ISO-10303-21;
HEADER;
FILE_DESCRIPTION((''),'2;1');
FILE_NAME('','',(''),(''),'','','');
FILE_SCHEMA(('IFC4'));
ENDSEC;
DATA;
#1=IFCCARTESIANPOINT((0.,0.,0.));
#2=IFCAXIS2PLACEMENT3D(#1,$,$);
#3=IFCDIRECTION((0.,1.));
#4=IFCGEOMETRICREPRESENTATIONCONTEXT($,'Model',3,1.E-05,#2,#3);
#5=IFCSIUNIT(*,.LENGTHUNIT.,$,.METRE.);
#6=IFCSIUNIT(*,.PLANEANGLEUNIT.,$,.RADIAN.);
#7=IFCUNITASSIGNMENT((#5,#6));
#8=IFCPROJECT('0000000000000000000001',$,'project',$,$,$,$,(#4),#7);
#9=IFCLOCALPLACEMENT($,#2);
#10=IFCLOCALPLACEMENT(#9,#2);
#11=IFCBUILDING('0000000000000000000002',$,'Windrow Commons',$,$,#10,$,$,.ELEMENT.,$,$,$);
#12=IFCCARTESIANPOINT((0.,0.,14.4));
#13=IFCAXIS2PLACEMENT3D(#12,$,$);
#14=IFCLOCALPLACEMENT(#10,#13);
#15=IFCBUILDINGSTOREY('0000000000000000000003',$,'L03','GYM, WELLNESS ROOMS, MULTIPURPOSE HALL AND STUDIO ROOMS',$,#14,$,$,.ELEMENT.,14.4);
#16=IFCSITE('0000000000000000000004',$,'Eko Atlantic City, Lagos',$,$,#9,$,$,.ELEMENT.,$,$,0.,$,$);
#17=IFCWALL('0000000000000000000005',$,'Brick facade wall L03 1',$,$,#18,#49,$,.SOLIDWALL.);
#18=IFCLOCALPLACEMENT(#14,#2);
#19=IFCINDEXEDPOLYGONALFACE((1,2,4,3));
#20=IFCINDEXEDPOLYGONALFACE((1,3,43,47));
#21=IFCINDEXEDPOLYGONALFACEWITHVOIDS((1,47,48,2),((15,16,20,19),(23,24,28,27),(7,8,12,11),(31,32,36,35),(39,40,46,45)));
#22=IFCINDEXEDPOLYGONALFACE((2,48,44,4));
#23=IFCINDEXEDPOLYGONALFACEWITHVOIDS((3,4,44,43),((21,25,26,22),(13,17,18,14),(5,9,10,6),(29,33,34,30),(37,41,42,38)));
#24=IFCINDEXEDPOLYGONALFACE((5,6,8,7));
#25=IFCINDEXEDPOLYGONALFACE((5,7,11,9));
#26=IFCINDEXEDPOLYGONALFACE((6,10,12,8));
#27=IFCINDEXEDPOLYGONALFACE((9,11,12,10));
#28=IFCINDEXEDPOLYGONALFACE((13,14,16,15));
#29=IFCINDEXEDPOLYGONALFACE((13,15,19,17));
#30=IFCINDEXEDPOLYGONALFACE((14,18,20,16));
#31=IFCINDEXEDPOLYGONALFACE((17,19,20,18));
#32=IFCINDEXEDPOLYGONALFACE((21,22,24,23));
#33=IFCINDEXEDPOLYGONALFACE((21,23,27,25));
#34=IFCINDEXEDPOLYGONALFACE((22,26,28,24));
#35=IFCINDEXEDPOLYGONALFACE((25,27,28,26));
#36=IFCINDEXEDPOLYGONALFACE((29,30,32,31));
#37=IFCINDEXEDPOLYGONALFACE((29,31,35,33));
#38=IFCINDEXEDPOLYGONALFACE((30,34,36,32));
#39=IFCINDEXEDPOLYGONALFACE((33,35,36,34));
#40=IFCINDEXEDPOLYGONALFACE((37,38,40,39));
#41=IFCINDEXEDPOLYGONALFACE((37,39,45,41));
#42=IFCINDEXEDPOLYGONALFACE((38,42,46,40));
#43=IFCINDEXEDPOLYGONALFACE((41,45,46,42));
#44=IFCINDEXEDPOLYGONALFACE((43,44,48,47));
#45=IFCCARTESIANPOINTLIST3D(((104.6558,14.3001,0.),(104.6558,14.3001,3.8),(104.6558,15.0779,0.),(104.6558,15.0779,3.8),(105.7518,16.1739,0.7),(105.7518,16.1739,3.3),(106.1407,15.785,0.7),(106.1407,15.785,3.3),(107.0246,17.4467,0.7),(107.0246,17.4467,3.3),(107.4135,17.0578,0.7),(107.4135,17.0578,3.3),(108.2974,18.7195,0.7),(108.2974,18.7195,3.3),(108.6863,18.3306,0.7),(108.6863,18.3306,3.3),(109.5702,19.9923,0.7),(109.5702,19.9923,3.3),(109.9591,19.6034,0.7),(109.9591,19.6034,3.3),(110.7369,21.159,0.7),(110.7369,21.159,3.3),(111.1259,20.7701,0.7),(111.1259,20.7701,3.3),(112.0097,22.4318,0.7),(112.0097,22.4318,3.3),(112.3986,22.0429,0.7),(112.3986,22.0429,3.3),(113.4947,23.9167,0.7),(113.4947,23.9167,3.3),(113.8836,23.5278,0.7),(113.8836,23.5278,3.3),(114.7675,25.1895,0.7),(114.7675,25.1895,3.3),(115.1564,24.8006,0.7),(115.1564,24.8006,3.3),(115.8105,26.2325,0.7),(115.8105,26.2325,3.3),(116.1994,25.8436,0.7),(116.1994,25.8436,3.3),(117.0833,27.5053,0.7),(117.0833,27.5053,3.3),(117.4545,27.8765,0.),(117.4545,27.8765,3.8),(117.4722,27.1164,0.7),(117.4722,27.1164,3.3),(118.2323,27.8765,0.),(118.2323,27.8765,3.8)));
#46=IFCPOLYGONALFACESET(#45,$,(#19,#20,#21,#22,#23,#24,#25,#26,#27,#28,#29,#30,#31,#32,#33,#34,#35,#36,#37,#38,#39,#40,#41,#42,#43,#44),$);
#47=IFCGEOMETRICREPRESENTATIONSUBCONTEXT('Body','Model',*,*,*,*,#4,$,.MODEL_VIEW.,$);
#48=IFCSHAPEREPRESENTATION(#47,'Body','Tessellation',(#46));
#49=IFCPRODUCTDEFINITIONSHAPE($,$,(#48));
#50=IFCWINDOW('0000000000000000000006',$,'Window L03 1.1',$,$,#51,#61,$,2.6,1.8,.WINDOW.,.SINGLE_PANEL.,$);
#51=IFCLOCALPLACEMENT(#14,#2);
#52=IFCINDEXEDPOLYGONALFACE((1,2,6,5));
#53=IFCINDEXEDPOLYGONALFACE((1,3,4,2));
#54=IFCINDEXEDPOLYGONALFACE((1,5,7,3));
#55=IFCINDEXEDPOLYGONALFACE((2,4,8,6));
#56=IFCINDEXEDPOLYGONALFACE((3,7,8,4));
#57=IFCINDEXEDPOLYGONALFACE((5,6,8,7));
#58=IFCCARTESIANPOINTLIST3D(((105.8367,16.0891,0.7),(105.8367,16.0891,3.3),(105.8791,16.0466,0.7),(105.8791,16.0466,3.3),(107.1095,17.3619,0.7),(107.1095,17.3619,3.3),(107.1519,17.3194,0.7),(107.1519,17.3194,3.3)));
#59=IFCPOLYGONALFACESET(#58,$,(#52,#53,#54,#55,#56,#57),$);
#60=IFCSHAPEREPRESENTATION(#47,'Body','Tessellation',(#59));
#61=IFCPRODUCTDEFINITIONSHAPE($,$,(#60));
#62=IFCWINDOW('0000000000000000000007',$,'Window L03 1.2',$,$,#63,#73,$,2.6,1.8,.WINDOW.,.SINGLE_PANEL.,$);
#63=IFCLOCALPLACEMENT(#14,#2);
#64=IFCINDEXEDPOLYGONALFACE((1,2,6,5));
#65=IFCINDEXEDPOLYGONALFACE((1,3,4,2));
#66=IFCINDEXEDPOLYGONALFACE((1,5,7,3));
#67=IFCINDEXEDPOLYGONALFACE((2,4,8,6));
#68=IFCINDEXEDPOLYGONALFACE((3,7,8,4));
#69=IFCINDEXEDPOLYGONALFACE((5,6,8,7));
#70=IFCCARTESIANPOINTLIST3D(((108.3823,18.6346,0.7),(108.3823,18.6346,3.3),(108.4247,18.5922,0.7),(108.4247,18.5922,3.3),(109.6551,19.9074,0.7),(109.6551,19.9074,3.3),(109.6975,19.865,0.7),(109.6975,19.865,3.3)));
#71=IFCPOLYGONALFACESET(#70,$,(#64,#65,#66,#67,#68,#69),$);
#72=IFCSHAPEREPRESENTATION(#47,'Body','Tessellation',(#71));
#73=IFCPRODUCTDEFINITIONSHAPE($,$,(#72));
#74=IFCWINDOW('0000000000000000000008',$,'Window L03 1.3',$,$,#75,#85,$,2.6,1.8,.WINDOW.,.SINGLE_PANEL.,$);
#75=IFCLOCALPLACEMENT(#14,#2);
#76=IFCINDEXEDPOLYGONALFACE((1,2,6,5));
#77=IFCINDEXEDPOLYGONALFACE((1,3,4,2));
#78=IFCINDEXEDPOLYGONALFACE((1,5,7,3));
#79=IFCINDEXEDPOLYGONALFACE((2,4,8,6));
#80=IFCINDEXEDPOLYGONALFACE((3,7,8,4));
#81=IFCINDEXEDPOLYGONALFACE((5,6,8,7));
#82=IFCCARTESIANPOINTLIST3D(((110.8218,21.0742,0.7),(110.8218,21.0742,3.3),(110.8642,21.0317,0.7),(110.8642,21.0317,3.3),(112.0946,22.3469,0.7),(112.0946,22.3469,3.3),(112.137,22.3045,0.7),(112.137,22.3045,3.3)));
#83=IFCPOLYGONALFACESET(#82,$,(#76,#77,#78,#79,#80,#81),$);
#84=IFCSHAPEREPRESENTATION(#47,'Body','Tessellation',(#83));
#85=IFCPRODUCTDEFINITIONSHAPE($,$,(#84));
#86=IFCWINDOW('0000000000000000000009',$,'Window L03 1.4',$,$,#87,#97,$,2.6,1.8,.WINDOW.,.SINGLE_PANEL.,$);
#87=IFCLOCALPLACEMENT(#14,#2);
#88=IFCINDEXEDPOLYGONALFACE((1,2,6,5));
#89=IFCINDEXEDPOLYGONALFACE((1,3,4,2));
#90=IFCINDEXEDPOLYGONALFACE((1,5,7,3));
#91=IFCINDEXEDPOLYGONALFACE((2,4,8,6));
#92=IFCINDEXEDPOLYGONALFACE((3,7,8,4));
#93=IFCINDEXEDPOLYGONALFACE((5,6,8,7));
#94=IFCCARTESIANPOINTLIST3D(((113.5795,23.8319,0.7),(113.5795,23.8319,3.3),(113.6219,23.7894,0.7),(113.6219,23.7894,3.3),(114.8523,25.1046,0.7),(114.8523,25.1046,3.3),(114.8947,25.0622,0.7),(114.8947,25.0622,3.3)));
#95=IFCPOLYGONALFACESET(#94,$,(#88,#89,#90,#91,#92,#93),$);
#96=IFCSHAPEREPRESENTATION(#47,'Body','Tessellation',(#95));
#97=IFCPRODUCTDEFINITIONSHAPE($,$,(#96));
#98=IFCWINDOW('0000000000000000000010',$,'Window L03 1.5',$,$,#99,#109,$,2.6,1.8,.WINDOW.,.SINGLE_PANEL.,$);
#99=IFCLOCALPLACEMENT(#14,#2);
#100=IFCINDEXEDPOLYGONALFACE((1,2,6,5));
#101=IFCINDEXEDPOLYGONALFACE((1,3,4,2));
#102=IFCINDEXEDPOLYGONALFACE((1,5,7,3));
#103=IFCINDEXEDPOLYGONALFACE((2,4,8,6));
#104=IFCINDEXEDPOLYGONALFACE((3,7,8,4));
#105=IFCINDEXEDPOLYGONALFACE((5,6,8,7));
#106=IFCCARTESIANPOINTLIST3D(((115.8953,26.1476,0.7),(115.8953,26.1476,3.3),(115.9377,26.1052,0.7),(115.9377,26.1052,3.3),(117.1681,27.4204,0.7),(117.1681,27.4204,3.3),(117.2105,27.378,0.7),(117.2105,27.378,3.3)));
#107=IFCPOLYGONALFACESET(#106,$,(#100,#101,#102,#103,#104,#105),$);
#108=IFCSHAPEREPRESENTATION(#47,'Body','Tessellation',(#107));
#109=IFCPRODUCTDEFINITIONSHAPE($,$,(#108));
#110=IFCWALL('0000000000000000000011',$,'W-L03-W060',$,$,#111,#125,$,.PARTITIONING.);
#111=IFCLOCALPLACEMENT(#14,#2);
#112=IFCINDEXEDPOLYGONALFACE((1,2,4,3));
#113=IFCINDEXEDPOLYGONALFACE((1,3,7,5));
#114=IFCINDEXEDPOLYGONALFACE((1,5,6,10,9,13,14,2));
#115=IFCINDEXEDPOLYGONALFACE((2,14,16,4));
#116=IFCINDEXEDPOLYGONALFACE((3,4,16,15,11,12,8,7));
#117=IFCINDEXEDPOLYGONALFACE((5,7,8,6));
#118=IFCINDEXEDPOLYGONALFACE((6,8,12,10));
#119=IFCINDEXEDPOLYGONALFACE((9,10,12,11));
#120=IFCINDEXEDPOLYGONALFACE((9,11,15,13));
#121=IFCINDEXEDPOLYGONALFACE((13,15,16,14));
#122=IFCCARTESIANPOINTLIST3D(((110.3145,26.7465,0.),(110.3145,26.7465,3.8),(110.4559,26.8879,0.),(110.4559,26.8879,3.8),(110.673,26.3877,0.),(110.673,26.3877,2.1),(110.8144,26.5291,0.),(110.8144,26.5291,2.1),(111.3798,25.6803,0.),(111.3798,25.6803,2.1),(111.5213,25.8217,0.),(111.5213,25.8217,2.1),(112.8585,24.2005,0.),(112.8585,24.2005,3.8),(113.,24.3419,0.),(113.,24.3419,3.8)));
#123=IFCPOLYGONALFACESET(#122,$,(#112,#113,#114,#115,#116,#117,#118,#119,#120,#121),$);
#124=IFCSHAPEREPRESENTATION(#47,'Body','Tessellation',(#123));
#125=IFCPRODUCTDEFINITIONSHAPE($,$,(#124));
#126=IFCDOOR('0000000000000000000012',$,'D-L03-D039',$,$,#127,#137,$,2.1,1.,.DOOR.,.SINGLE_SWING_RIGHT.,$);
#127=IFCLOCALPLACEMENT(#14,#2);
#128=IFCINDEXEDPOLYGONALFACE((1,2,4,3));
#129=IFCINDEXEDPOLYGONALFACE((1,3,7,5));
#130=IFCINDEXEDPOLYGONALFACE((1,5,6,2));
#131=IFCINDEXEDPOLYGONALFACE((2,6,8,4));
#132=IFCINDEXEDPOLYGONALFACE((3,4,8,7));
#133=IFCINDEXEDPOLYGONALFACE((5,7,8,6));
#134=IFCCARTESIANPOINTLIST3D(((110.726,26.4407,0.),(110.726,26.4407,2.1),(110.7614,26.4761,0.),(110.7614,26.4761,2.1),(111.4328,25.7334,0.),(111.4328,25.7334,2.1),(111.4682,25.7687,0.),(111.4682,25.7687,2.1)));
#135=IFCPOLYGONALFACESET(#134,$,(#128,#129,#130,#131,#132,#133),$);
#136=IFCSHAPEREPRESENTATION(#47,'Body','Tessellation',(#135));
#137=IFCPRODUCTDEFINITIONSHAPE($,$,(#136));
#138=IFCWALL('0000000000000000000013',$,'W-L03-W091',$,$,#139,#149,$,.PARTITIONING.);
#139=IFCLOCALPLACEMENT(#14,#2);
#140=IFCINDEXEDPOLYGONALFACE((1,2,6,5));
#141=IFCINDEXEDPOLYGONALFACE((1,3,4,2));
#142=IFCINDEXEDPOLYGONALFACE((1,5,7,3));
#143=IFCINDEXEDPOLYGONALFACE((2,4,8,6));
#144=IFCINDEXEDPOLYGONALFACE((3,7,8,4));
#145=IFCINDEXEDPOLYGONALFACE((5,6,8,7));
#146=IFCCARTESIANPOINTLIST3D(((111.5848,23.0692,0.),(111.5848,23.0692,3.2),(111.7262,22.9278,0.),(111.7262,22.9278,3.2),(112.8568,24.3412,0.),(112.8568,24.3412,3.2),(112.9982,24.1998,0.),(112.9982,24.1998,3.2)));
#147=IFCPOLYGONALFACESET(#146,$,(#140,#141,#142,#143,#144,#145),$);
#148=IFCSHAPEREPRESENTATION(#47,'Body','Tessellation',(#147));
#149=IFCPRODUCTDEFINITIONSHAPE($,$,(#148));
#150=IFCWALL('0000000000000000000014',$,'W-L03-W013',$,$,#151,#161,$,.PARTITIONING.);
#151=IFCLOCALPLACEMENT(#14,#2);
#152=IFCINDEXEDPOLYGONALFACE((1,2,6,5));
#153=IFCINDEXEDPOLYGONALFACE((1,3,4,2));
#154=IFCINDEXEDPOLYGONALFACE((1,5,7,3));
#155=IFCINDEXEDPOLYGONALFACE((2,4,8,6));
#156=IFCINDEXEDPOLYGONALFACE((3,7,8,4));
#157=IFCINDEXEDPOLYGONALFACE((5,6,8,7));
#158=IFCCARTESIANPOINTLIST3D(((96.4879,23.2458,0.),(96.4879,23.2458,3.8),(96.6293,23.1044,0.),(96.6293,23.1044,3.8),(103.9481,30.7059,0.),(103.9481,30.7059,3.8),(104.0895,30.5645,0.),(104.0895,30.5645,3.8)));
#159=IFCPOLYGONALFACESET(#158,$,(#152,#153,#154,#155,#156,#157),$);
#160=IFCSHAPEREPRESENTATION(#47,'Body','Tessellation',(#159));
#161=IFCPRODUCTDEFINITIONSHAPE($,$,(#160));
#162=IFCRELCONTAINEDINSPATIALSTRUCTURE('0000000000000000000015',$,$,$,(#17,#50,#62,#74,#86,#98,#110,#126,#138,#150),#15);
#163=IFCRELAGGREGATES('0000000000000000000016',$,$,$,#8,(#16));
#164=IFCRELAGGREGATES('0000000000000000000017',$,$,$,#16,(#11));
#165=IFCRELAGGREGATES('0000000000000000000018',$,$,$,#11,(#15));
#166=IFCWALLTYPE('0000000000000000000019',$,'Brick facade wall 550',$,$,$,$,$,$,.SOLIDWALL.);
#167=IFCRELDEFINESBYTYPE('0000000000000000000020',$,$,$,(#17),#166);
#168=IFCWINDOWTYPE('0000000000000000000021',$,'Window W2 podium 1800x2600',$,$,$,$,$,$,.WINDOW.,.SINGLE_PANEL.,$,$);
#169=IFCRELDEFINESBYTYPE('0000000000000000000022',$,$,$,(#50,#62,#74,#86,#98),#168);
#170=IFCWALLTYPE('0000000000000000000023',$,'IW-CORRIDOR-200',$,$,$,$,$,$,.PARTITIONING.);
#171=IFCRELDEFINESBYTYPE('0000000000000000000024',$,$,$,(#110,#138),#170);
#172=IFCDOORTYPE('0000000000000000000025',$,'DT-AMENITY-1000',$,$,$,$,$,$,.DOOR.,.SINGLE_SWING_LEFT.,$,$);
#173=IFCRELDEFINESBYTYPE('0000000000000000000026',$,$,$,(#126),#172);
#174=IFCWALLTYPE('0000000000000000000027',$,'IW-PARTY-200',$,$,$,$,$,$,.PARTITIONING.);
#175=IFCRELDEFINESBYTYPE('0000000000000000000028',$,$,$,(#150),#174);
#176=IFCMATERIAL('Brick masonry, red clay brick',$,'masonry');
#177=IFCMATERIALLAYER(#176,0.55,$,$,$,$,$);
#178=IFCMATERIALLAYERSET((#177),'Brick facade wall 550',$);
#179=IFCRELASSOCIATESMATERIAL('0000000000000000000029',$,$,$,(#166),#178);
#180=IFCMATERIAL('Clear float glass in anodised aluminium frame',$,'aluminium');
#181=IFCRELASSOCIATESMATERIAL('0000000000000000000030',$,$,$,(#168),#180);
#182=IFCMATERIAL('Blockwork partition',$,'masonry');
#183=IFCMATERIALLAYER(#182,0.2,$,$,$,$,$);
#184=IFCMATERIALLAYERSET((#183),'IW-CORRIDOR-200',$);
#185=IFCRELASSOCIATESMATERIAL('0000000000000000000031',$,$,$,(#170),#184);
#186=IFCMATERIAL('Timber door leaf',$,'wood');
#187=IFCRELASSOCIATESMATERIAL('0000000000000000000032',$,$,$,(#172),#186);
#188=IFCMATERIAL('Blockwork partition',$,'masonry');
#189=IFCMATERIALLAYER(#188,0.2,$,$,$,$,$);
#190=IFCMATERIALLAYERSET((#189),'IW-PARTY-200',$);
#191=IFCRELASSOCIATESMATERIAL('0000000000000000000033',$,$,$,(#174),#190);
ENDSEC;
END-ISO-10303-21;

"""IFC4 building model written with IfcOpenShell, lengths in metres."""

from ifc_helpers import new_model, si_unit, direction, frame, frame_2d, origin, place, context, subcontext, project, spatial, polyline, rectangle, outline, extrude, material, layer, layer_set, type_object, element, fill, save


model = new_model("IFC4")

# Units and contexts
model_context = context("Model", 3, precision=1e-05, world=origin(), true_north=direction((0.0, 1.0)))
body_context = subcontext(model_context, "Body", "Model", "MODEL_VIEW")
ifc_project = project(units=[si_unit("LENGTHUNIT", "METRE"), si_unit("PLANEANGLEUNIT", "RADIAN")], contexts=[model_context])

# Site, building, storey
site_placement = place(None, origin())
site = spatial("IfcSite", under=ifc_project, at=site_placement, Name="Eko Atlantic City, Lagos", CompositionType="ELEMENT", RefElevation=0.0)
building_placement = place(site_placement, origin())
building = spatial("IfcBuilding", under=site, at=building_placement, Name="Windrow Commons", CompositionType="ELEMENT")
storey_placement = place(building_placement, frame((0.0, 0.0, 14.4)))
storey = spatial("IfcBuildingStorey", under=building, at=storey_placement, Name="L03", Description="GYM, WELLNESS ROOMS, MULTIPURPOSE HALL AND STUDIO ROOMS", CompositionType="ELEMENT", Elevation=14.4)

# Wall, openings, windows
ifc_material_1 = material(Name="Brick masonry, red clay brick", Category="masonry")
ifc_layer_1 = layer(ifc_material_1, 0.55)
ifc_layer_set_1 = layer_set([ifc_layer_1], Name="Brick facade wall 550")
wall_type_1 = type_object("IfcWallType", Name="Brick facade wall 550", PredefinedType="SOLIDWALL", material=ifc_layer_set_1)
wall_1_placement = place(storey_placement, frame((104.6558, 14.689, 0.0), z_axis=(0.0, 0.0, 1.0), x_axis=(0.707109, 0.707104, 0.0)))
wall_1 = element("IfcWall", 1, at=wall_1_placement, inside=storey, type_object=wall_type_1, Name="Brick facade wall L03 1", PredefinedType="SOLIDWALL", context=body_context, shape_type="SweptSolid", body=[
    extrude(outline(polyline([(-0.275, -0.275), (18.925, -0.275), (18.375, 0.275), (0.275, 0.275), (-0.275, -0.275)])), origin(), (0.0, 0.0, 1.0), 3.8),
])
opening_1_placement = place(wall_1_placement, frame((1.825, 0.0, 0.7)))
opening_1 = element("IfcOpeningElement", 2, at=opening_1_placement, cuts=wall_1, PredefinedType="OPENING", context=body_context, shape_type="SweptSolid", body=[
    extrude(rectangle(XDim=1.8, YDim=2.6, at=frame_2d((0.9, 1.3))), frame((0.0, 0.285, 0.0), z_axis=(0.0, -1.0, 0.0), x_axis=(1.0, 0.0, 0.0)), (0.0, 0.0, 1.0), 0.57),
])
opening_2_placement = place(wall_1_placement, frame((5.425, 0.0, 0.7)))
opening_2 = element("IfcOpeningElement", 3, at=opening_2_placement, cuts=wall_1, PredefinedType="OPENING", context=body_context, shape_type="SweptSolid", body=[
    extrude(rectangle(XDim=1.8, YDim=2.6, at=frame_2d((0.9, 1.3))), frame((0.0, 0.285, 0.0), z_axis=(0.0, -1.0, 0.0), x_axis=(1.0, 0.0, 0.0)), (0.0, 0.0, 1.0), 0.57),
])
opening_3_placement = place(wall_1_placement, frame((8.875, 0.0, 0.7)))
opening_3 = element("IfcOpeningElement", 4, at=opening_3_placement, cuts=wall_1, PredefinedType="OPENING", context=body_context, shape_type="SweptSolid", body=[
    extrude(rectangle(XDim=1.8, YDim=2.6, at=frame_2d((0.9, 1.3))), frame((0.0, 0.285, 0.0), z_axis=(0.0, -1.0, 0.0), x_axis=(1.0, 0.0, 0.0)), (0.0, 0.0, 1.0), 0.57),
])
opening_4_placement = place(wall_1_placement, frame((12.775, 0.0, 0.7)))
opening_4 = element("IfcOpeningElement", 5, at=opening_4_placement, cuts=wall_1, PredefinedType="OPENING", context=body_context, shape_type="SweptSolid", body=[
    extrude(rectangle(XDim=1.8, YDim=2.6, at=frame_2d((0.9, 1.3))), frame((0.0, 0.285, 0.0), z_axis=(0.0, -1.0, 0.0), x_axis=(1.0, 0.0, 0.0)), (0.0, 0.0, 1.0), 0.57),
])
opening_5_placement = place(wall_1_placement, frame((16.05, 0.0, 0.7)))
opening_5 = element("IfcOpeningElement", 6, at=opening_5_placement, cuts=wall_1, PredefinedType="OPENING", context=body_context, shape_type="SweptSolid", body=[
    extrude(rectangle(XDim=1.8, YDim=2.6, at=frame_2d((0.9, 1.3))), frame((0.0, 0.285, 0.0), z_axis=(0.0, -1.0, 0.0), x_axis=(1.0, 0.0, 0.0)), (0.0, 0.0, 1.0), 0.57),
])
ifc_material_2 = material(Name="Clear float glass in anodised aluminium frame", Category="aluminium")
window_type = type_object("IfcWindowType", Name="Window W2 podium 1800x2600", PartitioningType="SINGLE_PANEL", PredefinedType="WINDOW", material=ifc_material_2)
window_1_placement = place(opening_1_placement, origin())
window_1 = element("IfcWindow", 7, at=window_1_placement, inside=storey, type_object=window_type, Name="Window L03 1.1", OverallHeight=2.6, OverallWidth=1.8, PartitioningType="SINGLE_PANEL", PredefinedType="WINDOW", context=body_context, shape_type="SweptSolid", body=[
    extrude(rectangle(XDim=1.8, YDim=2.6, at=frame_2d((0.9, 1.3))), frame((0.0, 0.155, 0.0), z_axis=(0.0, -1.0, 0.0), x_axis=(1.0, 0.0, 0.0)), (0.0, 0.0, 1.0), 0.06),
])
fill(opening_1, window_1)
window_2_placement = place(opening_2_placement, origin())
window_2 = element("IfcWindow", 8, at=window_2_placement, inside=storey, type_object=window_type, Name="Window L03 1.2", OverallHeight=2.6, OverallWidth=1.8, PartitioningType="SINGLE_PANEL", PredefinedType="WINDOW", context=body_context, shape_type="SweptSolid", body=[
    extrude(rectangle(XDim=1.8, YDim=2.6, at=frame_2d((0.9, 1.3))), frame((0.0, 0.155, 0.0), z_axis=(0.0, -1.0, 0.0), x_axis=(1.0, 0.0, 0.0)), (0.0, 0.0, 1.0), 0.06),
])
fill(opening_2, window_2)
window_3_placement = place(opening_3_placement, origin())
window_3 = element("IfcWindow", 9, at=window_3_placement, inside=storey, type_object=window_type, Name="Window L03 1.3", OverallHeight=2.6, OverallWidth=1.8, PartitioningType="SINGLE_PANEL", PredefinedType="WINDOW", context=body_context, shape_type="SweptSolid", body=[
    extrude(rectangle(XDim=1.8, YDim=2.6, at=frame_2d((0.9, 1.3))), frame((0.0, 0.155, 0.0), z_axis=(0.0, -1.0, 0.0), x_axis=(1.0, 0.0, 0.0)), (0.0, 0.0, 1.0), 0.06),
])
fill(opening_3, window_3)
window_4_placement = place(opening_4_placement, origin())
window_4 = element("IfcWindow", 10, at=window_4_placement, inside=storey, type_object=window_type, Name="Window L03 1.4", OverallHeight=2.6, OverallWidth=1.8, PartitioningType="SINGLE_PANEL", PredefinedType="WINDOW", context=body_context, shape_type="SweptSolid", body=[
    extrude(rectangle(XDim=1.8, YDim=2.6, at=frame_2d((0.9, 1.3))), frame((0.0, 0.155, 0.0), z_axis=(0.0, -1.0, 0.0), x_axis=(1.0, 0.0, 0.0)), (0.0, 0.0, 1.0), 0.06),
])
fill(opening_4, window_4)
window_5_placement = place(opening_5_placement, origin())
window_5 = element("IfcWindow", 11, at=window_5_placement, inside=storey, type_object=window_type, Name="Window L03 1.5", OverallHeight=2.6, OverallWidth=1.8, PartitioningType="SINGLE_PANEL", PredefinedType="WINDOW", context=body_context, shape_type="SweptSolid", body=[
    extrude(rectangle(XDim=1.8, YDim=2.6, at=frame_2d((0.9, 1.3))), frame((0.0, 0.155, 0.0), z_axis=(0.0, -1.0, 0.0), x_axis=(1.0, 0.0, 0.0)), (0.0, 0.0, 1.0), 0.06),
])
fill(opening_5, window_5)

# Wall, opening, door
ifc_material_3 = material(Name="Blockwork partition", Category="masonry")
ifc_layer_2 = layer(ifc_material_3, 0.2)
ifc_layer_set_2 = layer_set([ifc_layer_2], Name="IW-CORRIDOR-200")
wall_type_2 = type_object("IfcWallType", Name="IW-CORRIDOR-200", PredefinedType="PARTITIONING", material=ifc_layer_set_2)
wall_2_placement = place(storey_placement, frame((110.3852, 26.8172, 0.0), z_axis=(0.0, 0.0, 1.0), x_axis=(0.706829, -0.707385, 0.0)))
wall_2 = element("IfcWall", 12, at=wall_2_placement, inside=storey, type_object=wall_type_2, Name="W-L03-W060", PredefinedType="PARTITIONING", context=body_context, shape_type="SweptSolid", body=[
    extrude(rectangle(XDim=3.5992, YDim=0.2, at=frame_2d((1.7996, 0.0))), origin(), (0.0, 0.0, 1.0), 3.8),
])
opening_6_placement = place(wall_2_placement, frame((0.5072, 0.0, 0.0)))
opening_6 = element("IfcOpeningElement", 13, at=opening_6_placement, cuts=wall_2, PredefinedType="OPENING", context=body_context, shape_type="SweptSolid", body=[
    extrude(rectangle(XDim=1.0, YDim=2.1, at=frame_2d((0.5, 1.05))), frame((0.0, 0.11, 0.0), z_axis=(0.0, -1.0, 0.0), x_axis=(1.0, 0.0, 0.0)), (0.0, 0.0, 1.0), 0.22),
])
ifc_material_4 = material(Name="Timber door leaf", Category="wood")
door_type = type_object("IfcDoorType", Name="DT-AMENITY-1000", OperationType="SINGLE_SWING_LEFT", PredefinedType="DOOR", material=ifc_material_4)
door_placement = place(opening_6_placement, origin())
door = element("IfcDoor", 14, at=door_placement, inside=storey, type_object=door_type, Name="D-L03-D039", OperationType="SINGLE_SWING_RIGHT", OverallHeight=2.1, OverallWidth=1.0, PredefinedType="DOOR", context=body_context, shape_type="SweptSolid", body=[
    extrude(rectangle(XDim=1.0, YDim=2.1, at=frame_2d((0.5, 1.05))), frame((0.0, 0.025, 0.0), z_axis=(0.0, -1.0, 0.0), x_axis=(1.0, 0.0, 0.0)), (0.0, 0.0, 1.0), 0.05),
])
fill(opening_6, door)

# Walls
wall_3_placement = place(storey_placement, frame((111.6555, 22.9985, 0.0), z_axis=(0.0, 0.0, 1.0), x_axis=(0.707107, 0.707107, 0.0)))
element("IfcWall", 15, at=wall_3_placement, inside=storey, type_object=wall_type_2, Name="W-L03-W091", PredefinedType="PARTITIONING", context=body_context, shape_type="SweptSolid", body=[
    extrude(rectangle(XDim=1.7989, YDim=0.2, at=frame_2d((0.8994, 0.0))), origin(), (0.0, 0.0, 1.0), 3.2),
])
ifc_material_5 = material(Name="Blockwork partition", Category="masonry")
ifc_layer_3 = layer(ifc_material_5, 0.2)
ifc_layer_set_3 = layer_set([ifc_layer_3], Name="IW-PARTY-200")
wall_type_3 = type_object("IfcWallType", Name="IW-PARTY-200", PredefinedType="PARTITIONING", material=ifc_layer_set_3)
wall_4_placement = place(storey_placement, frame((96.5586, 23.1751, 0.0), z_axis=(0.0, 0.0, 1.0), x_axis=(0.707112, 0.707102, 0.0)))
element("IfcWall", 16, at=wall_4_placement, inside=storey, type_object=wall_type_3, Name="W-L03-W013", PredefinedType="PARTITIONING", context=body_context, shape_type="SweptSolid", body=[
    extrude(rectangle(XDim=10.5502, YDim=0.2, at=frame_2d((5.2751, 0.0))), origin(), (0.0, 0.0, 1.0), 3.8),
])

save(model, "model.ifc")
